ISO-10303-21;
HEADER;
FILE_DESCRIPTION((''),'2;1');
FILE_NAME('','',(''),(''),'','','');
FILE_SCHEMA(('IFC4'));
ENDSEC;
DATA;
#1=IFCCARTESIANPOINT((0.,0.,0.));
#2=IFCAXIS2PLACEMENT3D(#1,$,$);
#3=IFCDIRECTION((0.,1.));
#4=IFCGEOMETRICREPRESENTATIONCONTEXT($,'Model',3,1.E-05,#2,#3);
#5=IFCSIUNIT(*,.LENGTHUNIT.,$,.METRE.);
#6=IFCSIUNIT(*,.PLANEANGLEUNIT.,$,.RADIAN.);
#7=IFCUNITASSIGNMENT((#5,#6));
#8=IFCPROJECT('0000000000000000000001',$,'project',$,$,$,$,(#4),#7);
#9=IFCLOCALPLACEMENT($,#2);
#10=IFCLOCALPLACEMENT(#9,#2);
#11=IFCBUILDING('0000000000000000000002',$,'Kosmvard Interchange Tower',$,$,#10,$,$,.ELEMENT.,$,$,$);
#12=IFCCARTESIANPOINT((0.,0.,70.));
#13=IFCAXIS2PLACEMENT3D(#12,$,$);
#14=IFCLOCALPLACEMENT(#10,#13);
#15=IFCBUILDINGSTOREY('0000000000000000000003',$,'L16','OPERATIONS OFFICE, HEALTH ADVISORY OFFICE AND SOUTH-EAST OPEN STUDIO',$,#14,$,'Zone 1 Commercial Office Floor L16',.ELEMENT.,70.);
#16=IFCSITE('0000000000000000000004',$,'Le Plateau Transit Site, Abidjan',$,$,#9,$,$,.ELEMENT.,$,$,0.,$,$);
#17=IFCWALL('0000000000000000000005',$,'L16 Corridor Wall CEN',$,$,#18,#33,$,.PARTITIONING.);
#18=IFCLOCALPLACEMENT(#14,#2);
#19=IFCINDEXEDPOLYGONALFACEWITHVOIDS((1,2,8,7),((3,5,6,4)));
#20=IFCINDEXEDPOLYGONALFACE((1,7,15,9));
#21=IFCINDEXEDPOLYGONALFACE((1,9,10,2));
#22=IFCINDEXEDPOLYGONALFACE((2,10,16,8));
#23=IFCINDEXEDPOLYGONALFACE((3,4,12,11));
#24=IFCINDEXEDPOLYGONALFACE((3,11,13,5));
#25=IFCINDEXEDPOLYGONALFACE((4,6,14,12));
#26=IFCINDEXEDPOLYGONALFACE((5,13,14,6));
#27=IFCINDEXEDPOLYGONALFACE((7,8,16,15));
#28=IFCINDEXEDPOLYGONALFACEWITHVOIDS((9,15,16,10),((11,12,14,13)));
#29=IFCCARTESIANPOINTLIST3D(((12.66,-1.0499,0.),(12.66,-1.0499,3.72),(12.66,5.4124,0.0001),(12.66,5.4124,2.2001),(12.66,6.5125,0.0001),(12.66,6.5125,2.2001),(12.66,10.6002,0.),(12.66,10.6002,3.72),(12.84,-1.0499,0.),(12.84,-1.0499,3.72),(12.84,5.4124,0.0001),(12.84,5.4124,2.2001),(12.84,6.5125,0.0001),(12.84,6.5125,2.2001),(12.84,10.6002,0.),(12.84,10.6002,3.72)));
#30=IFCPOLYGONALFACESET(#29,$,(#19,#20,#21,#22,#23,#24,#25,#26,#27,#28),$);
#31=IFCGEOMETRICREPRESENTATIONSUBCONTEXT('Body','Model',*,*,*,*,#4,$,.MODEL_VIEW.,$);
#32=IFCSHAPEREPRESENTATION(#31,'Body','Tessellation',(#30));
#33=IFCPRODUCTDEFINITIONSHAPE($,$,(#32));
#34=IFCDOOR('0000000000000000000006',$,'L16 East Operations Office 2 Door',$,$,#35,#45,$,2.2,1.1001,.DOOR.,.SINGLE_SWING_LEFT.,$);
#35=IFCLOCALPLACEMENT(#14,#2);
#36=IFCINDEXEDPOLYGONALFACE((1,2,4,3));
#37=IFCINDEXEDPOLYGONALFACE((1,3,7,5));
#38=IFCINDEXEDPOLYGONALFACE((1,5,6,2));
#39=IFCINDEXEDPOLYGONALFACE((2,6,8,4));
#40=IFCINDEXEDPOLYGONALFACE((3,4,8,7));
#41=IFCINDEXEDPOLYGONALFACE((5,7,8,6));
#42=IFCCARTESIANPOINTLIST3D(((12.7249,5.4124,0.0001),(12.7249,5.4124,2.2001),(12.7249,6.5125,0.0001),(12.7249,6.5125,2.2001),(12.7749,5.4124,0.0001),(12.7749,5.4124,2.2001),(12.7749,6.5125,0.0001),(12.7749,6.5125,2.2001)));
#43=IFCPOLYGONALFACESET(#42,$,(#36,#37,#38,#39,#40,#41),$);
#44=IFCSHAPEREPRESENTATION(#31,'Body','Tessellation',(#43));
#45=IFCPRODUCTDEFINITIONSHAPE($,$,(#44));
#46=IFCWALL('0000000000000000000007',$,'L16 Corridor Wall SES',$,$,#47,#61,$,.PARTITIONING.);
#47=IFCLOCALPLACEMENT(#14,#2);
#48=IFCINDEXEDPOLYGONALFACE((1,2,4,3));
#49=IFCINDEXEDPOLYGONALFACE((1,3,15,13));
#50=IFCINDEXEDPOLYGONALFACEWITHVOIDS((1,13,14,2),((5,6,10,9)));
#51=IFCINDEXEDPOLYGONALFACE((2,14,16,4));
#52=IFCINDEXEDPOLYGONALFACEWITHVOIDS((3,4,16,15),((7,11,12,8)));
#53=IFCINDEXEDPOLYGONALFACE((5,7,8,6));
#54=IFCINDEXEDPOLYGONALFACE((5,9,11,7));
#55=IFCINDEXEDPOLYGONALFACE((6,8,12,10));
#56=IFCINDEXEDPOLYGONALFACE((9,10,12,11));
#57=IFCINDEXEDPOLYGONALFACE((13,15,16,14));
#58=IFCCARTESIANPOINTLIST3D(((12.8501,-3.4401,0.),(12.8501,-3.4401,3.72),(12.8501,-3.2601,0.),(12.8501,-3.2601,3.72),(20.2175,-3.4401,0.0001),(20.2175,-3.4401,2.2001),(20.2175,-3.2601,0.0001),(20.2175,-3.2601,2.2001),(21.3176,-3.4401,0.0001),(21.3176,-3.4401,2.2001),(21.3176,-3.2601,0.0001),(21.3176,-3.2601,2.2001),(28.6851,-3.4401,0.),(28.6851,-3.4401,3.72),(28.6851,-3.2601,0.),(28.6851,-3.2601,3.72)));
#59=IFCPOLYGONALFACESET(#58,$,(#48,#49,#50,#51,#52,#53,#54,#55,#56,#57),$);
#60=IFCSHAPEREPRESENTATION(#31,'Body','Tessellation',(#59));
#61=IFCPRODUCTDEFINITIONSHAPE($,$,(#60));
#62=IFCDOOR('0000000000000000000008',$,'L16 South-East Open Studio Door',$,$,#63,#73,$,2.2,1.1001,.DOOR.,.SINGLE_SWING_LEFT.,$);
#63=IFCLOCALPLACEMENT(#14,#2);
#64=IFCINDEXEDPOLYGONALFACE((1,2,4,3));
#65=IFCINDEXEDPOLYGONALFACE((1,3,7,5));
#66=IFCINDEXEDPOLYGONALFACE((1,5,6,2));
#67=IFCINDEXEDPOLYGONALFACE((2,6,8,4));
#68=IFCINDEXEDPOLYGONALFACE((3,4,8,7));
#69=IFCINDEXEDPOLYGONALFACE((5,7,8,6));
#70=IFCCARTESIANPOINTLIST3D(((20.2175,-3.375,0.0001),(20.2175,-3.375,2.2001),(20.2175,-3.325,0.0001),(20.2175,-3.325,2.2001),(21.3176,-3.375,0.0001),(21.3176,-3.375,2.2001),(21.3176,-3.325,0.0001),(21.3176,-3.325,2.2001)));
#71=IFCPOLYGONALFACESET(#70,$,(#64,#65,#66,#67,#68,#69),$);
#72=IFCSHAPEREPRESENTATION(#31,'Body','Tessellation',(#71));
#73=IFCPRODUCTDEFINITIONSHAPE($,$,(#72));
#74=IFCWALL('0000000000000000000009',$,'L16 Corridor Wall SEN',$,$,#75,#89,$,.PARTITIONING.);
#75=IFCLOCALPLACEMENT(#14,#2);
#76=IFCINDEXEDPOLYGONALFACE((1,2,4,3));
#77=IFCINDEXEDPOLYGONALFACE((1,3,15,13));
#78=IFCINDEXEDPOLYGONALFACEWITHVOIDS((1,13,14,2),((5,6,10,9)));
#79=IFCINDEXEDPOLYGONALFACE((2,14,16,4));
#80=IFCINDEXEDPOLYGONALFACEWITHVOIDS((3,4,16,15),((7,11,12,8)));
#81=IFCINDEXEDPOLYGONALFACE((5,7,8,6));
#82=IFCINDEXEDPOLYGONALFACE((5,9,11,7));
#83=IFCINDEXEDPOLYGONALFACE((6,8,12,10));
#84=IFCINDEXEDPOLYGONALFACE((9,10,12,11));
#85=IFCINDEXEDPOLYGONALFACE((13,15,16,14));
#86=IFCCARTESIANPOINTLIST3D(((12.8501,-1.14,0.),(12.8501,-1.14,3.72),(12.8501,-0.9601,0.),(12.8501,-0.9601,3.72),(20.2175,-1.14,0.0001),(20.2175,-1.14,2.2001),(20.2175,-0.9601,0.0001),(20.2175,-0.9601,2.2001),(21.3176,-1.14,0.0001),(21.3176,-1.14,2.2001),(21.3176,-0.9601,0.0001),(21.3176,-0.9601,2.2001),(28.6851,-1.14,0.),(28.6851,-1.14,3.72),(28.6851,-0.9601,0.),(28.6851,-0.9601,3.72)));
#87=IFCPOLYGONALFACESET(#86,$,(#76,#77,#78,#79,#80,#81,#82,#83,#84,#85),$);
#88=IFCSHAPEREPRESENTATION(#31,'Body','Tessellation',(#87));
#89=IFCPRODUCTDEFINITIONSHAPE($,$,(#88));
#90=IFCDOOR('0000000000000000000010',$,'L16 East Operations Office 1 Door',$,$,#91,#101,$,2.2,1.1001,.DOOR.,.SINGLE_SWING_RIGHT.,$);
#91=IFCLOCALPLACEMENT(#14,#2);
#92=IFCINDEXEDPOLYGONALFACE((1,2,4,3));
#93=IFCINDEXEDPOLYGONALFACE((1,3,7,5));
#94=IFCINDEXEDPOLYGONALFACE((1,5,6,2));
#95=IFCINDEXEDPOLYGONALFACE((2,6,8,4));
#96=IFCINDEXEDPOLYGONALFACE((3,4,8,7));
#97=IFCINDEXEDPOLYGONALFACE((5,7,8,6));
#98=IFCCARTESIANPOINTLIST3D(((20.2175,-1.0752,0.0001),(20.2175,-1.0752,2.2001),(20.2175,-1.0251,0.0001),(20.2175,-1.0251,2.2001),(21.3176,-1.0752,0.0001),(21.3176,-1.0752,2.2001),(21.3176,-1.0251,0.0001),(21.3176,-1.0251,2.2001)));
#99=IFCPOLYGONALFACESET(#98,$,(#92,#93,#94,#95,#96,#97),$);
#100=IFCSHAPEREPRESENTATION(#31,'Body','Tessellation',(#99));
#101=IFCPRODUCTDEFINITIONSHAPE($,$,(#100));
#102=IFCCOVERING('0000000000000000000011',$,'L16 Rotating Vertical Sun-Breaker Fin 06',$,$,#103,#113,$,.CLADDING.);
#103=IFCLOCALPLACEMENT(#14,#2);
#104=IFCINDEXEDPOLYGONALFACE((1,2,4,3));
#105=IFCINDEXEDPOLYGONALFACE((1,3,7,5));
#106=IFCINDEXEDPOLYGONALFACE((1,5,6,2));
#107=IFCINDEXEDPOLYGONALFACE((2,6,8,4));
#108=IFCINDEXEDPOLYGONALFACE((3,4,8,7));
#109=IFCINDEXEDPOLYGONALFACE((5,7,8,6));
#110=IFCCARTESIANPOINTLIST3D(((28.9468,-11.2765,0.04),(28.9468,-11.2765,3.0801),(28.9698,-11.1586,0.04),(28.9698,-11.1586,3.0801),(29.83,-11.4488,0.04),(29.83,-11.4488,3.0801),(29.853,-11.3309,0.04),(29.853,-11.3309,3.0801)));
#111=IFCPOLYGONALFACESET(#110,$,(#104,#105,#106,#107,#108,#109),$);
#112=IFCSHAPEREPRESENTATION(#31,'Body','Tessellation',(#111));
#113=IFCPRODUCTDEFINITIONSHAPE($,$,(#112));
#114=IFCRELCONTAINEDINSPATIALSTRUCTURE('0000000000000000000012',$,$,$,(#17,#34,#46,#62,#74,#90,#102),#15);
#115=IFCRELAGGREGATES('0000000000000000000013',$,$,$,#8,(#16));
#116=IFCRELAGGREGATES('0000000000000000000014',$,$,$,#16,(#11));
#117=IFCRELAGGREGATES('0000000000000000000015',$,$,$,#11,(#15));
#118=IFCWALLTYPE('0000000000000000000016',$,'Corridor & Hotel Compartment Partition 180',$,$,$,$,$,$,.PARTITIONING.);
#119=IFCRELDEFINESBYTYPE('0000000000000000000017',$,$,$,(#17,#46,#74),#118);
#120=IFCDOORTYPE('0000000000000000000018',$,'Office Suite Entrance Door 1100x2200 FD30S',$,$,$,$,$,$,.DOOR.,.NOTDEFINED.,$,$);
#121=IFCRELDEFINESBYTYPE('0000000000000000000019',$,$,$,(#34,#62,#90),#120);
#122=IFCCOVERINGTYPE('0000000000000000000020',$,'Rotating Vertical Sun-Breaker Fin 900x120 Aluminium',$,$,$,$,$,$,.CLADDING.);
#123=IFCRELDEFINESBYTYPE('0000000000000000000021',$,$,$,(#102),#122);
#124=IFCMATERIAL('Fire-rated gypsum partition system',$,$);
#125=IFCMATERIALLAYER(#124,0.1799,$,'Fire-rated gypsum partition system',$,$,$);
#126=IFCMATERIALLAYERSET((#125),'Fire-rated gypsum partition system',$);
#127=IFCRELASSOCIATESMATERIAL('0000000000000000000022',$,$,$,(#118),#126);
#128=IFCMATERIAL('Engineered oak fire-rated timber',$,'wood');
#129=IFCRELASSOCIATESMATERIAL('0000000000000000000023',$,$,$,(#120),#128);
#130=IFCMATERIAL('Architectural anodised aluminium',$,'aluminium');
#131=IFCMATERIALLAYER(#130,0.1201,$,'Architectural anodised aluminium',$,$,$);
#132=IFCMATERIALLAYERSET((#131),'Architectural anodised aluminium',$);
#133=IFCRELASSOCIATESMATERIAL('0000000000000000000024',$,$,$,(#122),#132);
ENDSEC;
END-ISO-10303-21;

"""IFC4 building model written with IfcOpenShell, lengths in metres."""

from ifc_helpers import new_model, si_unit, direction, frame, frame_2d, origin, origin_2d, place, context, subcontext, project, spatial, rectangle, extrude, source, transform, mapped, material, layer, layer_set, type_object, element, fill, save


model = new_model("IFC4")

# Units and contexts
model_context = context("Model", 3, precision=1e-05, world=origin(), true_north=direction((0.0, 1.0)))
body_context = subcontext(model_context, "Body", "Model", "MODEL_VIEW")
ifc_project = project(units=[si_unit("LENGTHUNIT", "METRE"), si_unit("PLANEANGLEUNIT", "RADIAN")], contexts=[model_context])

# Site, building, storey
site_placement = place(None, origin())
site = spatial("IfcSite", under=ifc_project, at=site_placement, Name="Le Plateau Transit Site, Abidjan", CompositionType="ELEMENT", RefElevation=0.0)
building_placement = place(site_placement, origin())
building = spatial("IfcBuilding", under=site, at=building_placement, Name="Kosmvard Interchange Tower", CompositionType="ELEMENT")
storey_placement = place(building_placement, frame((0.0, 0.0, 70.0)))
storey = spatial("IfcBuildingStorey", under=building, at=storey_placement, Name="L16", Description="OPERATIONS OFFICE, HEALTH ADVISORY OFFICE AND SOUTH-EAST OPEN STUDIO", LongName="Zone 1 Commercial Office Floor L16", CompositionType="ELEMENT", Elevation=70.0)

# Walls, openings, doors
ifc_material_1 = material(Name="Fire-rated gypsum partition system")
ifc_layer_1 = layer(ifc_material_1, 0.1799, Name="Fire-rated gypsum partition system")
ifc_layer_set_1 = layer_set([ifc_layer_1], Name="Fire-rated gypsum partition system")
wall_type = type_object("IfcWallType", Name="Corridor & Hotel Compartment Partition 180", PredefinedType="PARTITIONING", material=ifc_layer_set_1)
wall_1_placement = place(storey_placement, frame((12.75, -1.05, 0.0), z_axis=(0.0, 0.0, 1.0), x_axis=(0.0, 1.0, 0.0)))
wall_1 = element("IfcWall", 1, at=wall_1_placement, inside=storey, type_object=wall_type, Name="L16 Corridor Wall CEN", PredefinedType="PARTITIONING", context=body_context, shape_type="SweptSolid", body=[
    extrude(rectangle(XDim=11.6501, YDim=0.1799, at=frame_2d((5.8252, 0.0))), origin(), (0.0, 0.0, 1.0), 3.72),
])
opening_1_placement = place(wall_1_placement, frame((6.4624, 0.0, 0.0)))
opening_1 = element("IfcOpeningElement", 2, at=opening_1_placement, cuts=wall_1, PredefinedType="OPENING", context=body_context, shape_type="SweptSolid", body=[
    extrude(rectangle(XDim=1.1001, YDim=2.2, at=frame_2d((0.55, 1.1001))), frame((0.0, 0.1001, 0.0), z_axis=(0.0, -1.0, 0.0), x_axis=(1.0, 0.0, 0.0)), (0.0, 0.0, 1.0), 0.2),
])
ifc_material_2 = material(Name="Engineered oak fire-rated timber", Category="wood")
door_type = type_object("IfcDoorType", Name="Office Suite Entrance Door 1100x2200 FD30S", OperationType="NOTDEFINED", PredefinedType="DOOR", material=ifc_material_2)
shared_shape_1 = source(origin(), body_context, "Body", "SweptSolid", [
    extrude(rectangle(XDim=1.1001, YDim=2.2, at=frame_2d((0.55, 1.1001))), frame((0.0, 0.0249, 0.0), z_axis=(0.0, -1.0, 0.0), x_axis=(1.0, 0.0, 0.0)), (0.0, 0.0, 1.0), 0.05),
])
door_1_placement = place(opening_1_placement, frame((1.1001, 0.0, 0.0), z_axis=(0.0, 0.0, 1.0), x_axis=(-1.0, 0.0, 0.0)))
door_1 = element("IfcDoor", 3, at=door_1_placement, inside=storey, type_object=door_type, Name="L16 East Operations Office 2 Door", OperationType="SINGLE_SWING_LEFT", OverallHeight=2.2, OverallWidth=1.1001, PredefinedType="DOOR", context=body_context, shape_type="MappedRepresentation", body=[
    mapped(shared_shape_1, transform((0.0, 0.0, 0.0), scale=1.0)),
])
fill(opening_1, door_1)
wall_2_placement = place(storey_placement, frame((12.8501, -3.3501, 0.0), z_axis=(0.0, 0.0, 1.0), x_axis=(1.0, 0.0, 0.0)))
wall_2 = element("IfcWall", 4, at=wall_2_placement, inside=storey, type_object=wall_type, Name="L16 Corridor Wall SES", PredefinedType="PARTITIONING", context=body_context, shape_type="SweptSolid", body=[
    extrude(rectangle(XDim=15.835, YDim=0.1799, at=frame_2d((7.9175, 0.0))), origin(), (0.0, 0.0, 1.0), 3.72),
])
opening_2_placement = place(wall_2_placement, frame((7.3674, 0.0, 0.0)))
opening_2 = element("IfcOpeningElement", 5, at=opening_2_placement, cuts=wall_2, PredefinedType="OPENING", context=body_context, shape_type="SweptSolid", body=[
    extrude(rectangle(XDim=1.1001, YDim=2.2, at=frame_2d((0.55, 1.1001))), frame((0.0, 0.1001, 0.0), z_axis=(0.0, -1.0, 0.0), x_axis=(1.0, 0.0, 0.0)), (0.0, 0.0, 1.0), 0.2),
])
door_2_placement = place(opening_2_placement, frame((1.1001, 0.0, 0.0), z_axis=(0.0, 0.0, 1.0), x_axis=(-1.0, 0.0, 0.0)))
door_2 = element("IfcDoor", 6, at=door_2_placement, inside=storey, type_object=door_type, Name="L16 South-East Open Studio Door", OperationType="SINGLE_SWING_LEFT", OverallHeight=2.2, OverallWidth=1.1001, PredefinedType="DOOR", context=body_context, shape_type="MappedRepresentation", body=[
    mapped(shared_shape_1, transform((0.0, 0.0, 0.0), scale=1.0)),
])
fill(opening_2, door_2)
wall_3_placement = place(storey_placement, frame((12.8501, -1.05, 0.0), z_axis=(0.0, 0.0, 1.0), x_axis=(1.0, 0.0, 0.0)))
wall_3 = element("IfcWall", 7, at=wall_3_placement, inside=storey, type_object=wall_type, Name="L16 Corridor Wall SEN", PredefinedType="PARTITIONING", context=body_context, shape_type="SweptSolid", body=[
    extrude(rectangle(XDim=15.835, YDim=0.1799, at=frame_2d((7.9175, 0.0))), origin(), (0.0, 0.0, 1.0), 3.72),
])
opening_3_placement = place(wall_3_placement, frame((7.3674, 0.0, 0.0)))
opening_3 = element("IfcOpeningElement", 8, at=opening_3_placement, cuts=wall_3, PredefinedType="OPENING", context=body_context, shape_type="SweptSolid", body=[
    extrude(rectangle(XDim=1.1001, YDim=2.2, at=frame_2d((0.55, 1.1001))), frame((0.0, 0.1001, 0.0), z_axis=(0.0, -1.0, 0.0), x_axis=(1.0, 0.0, 0.0)), (0.0, 0.0, 1.0), 0.2),
])
door_3_placement = place(opening_3_placement, origin())
door_3 = element("IfcDoor", 9, at=door_3_placement, inside=storey, type_object=door_type, Name="L16 East Operations Office 1 Door", OperationType="SINGLE_SWING_RIGHT", OverallHeight=2.2, OverallWidth=1.1001, PredefinedType="DOOR", context=body_context, shape_type="MappedRepresentation", body=[
    mapped(shared_shape_1, transform((0.0, 0.0, 0.0), scale=1.0)),
])
fill(opening_3, door_3)

# Covering
ifc_material_3 = material(Name="Architectural anodised aluminium", Category="aluminium")
ifc_layer_2 = layer(ifc_material_3, 0.1201, Name="Architectural anodised aluminium")
ifc_layer_set_2 = layer_set([ifc_layer_2], Name="Architectural anodised aluminium")
covering_type = type_object("IfcCoveringType", Name="Rotating Vertical Sun-Breaker Fin 900x120 Aluminium", PredefinedType="CLADDING", material=ifc_layer_set_2)
shared_shape_2 = source(origin(), body_context, "Body", "SweptSolid", [
    extrude(rectangle(XDim=0.8999, YDim=0.1201, at=origin_2d()), origin(), (0.0, 0.0, 1.0), 3.04),
])
covering_placement = place(storey_placement, frame((29.3999, -11.3037, 0.04), z_axis=(0.0, 0.0, 1.0), x_axis=(0.981494, -0.191494, 0.0)))
element("IfcCovering", 10, at=covering_placement, inside=storey, type_object=covering_type, Name="L16 Rotating Vertical Sun-Breaker Fin 06", PredefinedType="CLADDING", context=body_context, shape_type="MappedRepresentation", body=[
    mapped(shared_shape_2, transform((0.0, 0.0, 0.0), scale=1.0)),
])

save(model, "model.ifc")
